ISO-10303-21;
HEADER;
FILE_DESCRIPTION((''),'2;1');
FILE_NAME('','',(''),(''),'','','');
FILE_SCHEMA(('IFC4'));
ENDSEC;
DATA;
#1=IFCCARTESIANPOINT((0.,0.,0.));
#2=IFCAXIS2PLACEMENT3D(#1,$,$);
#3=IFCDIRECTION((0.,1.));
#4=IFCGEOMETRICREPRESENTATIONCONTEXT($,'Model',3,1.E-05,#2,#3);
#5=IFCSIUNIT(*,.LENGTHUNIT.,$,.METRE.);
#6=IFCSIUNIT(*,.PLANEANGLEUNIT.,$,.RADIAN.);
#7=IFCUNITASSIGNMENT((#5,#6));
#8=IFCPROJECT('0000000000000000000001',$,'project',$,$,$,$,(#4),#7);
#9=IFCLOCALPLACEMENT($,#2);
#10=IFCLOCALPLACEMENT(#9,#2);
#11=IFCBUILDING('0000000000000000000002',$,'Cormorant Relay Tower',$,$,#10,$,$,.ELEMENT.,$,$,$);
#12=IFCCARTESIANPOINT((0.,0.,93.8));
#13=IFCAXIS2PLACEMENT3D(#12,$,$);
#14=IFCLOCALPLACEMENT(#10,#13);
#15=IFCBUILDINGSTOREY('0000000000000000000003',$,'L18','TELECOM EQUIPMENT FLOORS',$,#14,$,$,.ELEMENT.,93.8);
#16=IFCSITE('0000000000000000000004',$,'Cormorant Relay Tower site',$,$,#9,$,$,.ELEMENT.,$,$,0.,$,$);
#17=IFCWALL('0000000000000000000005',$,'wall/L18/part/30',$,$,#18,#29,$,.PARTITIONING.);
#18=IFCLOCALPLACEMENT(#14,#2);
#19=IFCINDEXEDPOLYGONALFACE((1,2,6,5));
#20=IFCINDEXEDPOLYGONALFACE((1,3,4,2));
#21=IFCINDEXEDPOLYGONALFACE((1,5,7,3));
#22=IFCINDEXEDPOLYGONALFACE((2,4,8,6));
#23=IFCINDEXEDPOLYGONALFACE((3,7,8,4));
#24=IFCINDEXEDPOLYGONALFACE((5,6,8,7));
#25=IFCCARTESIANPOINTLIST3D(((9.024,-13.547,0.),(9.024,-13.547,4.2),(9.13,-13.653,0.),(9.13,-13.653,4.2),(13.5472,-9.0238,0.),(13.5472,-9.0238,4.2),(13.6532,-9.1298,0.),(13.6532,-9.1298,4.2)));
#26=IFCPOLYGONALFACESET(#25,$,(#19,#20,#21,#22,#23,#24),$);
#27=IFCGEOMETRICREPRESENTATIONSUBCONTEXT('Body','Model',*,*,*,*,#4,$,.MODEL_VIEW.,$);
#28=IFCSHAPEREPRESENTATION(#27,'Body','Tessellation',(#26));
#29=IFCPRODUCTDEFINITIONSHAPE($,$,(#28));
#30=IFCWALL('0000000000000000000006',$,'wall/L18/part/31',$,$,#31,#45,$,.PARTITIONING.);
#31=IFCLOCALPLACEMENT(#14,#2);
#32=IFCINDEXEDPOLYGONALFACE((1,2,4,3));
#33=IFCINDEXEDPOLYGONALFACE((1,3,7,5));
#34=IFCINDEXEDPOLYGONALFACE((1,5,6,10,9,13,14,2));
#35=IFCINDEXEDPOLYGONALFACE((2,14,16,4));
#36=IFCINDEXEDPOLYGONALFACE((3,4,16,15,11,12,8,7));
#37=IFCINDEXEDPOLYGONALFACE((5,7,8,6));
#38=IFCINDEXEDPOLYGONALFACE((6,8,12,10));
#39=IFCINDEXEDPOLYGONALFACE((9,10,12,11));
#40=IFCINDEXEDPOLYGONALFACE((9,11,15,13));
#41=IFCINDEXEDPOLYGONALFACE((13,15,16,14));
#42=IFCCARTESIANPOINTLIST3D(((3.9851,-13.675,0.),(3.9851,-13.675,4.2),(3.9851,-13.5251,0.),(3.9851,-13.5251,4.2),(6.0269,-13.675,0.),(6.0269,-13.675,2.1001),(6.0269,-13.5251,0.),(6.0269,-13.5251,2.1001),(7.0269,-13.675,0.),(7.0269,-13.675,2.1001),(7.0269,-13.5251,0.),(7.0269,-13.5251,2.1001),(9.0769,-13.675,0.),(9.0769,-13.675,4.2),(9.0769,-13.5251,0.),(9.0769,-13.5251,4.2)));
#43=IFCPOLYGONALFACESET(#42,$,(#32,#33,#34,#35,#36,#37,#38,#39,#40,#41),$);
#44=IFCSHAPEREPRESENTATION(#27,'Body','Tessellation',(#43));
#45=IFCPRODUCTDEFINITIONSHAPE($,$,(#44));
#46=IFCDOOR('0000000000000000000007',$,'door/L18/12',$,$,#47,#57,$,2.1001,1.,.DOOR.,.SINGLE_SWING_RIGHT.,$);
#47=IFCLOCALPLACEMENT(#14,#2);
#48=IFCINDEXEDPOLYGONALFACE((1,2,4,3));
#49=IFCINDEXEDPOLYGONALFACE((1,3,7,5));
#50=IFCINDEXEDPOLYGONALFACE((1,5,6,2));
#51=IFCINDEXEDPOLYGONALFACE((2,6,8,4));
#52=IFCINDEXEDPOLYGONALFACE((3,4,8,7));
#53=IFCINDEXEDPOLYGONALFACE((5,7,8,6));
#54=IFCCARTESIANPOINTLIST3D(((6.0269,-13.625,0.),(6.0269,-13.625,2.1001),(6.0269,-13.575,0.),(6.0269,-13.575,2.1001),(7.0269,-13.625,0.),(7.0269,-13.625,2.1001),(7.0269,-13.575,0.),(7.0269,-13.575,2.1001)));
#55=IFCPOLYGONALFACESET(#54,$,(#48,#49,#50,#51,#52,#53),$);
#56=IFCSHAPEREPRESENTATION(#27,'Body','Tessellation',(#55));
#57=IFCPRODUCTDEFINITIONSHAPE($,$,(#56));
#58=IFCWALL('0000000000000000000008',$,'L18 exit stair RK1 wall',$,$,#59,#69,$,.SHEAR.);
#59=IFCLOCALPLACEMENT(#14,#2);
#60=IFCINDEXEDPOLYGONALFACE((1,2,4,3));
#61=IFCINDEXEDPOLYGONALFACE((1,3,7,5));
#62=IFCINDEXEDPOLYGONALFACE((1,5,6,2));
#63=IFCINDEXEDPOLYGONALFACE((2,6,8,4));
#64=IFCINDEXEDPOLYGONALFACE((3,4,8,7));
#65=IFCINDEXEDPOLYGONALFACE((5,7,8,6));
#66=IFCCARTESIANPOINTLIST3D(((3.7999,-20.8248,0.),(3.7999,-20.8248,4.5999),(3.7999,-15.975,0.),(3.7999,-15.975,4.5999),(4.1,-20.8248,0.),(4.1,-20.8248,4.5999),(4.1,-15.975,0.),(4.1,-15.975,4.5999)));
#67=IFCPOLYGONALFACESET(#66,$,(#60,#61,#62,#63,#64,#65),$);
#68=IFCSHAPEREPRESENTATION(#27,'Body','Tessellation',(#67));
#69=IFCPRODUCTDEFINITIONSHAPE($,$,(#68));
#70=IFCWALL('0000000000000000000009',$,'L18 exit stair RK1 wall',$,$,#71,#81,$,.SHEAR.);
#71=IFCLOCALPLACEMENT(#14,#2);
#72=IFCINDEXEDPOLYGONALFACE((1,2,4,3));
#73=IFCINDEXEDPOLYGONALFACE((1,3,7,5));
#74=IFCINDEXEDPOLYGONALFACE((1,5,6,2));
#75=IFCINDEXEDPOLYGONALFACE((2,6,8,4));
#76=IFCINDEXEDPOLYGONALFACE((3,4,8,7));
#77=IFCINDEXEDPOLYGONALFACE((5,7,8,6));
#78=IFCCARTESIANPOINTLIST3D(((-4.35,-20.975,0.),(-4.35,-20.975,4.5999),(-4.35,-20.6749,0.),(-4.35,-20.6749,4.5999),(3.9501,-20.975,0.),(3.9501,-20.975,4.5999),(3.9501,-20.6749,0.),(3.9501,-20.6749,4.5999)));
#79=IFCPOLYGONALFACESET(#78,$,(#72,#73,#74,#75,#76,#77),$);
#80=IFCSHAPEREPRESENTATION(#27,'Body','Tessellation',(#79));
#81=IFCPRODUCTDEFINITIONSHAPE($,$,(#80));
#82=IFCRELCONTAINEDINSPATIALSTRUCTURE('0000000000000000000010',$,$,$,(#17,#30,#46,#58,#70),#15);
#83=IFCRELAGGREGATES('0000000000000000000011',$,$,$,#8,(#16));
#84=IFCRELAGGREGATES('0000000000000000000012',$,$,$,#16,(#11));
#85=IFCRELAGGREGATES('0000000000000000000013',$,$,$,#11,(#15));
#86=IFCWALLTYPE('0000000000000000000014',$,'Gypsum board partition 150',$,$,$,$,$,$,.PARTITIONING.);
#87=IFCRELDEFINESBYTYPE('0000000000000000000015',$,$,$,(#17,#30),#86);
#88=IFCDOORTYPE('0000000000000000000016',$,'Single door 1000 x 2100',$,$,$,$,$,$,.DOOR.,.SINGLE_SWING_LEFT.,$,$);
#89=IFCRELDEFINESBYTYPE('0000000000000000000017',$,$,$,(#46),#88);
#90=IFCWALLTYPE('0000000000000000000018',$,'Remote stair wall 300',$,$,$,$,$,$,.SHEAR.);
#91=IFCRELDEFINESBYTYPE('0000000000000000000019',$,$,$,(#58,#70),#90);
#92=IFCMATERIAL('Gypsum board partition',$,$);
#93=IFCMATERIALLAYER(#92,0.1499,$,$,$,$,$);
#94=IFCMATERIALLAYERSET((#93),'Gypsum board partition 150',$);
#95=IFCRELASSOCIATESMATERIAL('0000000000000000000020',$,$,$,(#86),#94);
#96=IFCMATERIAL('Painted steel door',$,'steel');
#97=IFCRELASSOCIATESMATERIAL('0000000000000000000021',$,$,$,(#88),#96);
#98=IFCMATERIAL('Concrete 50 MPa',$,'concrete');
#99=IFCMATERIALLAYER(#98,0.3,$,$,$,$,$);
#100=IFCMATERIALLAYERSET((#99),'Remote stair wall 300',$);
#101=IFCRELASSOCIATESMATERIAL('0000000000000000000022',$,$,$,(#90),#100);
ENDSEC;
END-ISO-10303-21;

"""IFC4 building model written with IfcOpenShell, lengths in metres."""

from ifc_helpers import new_model, si_unit, direction, frame, frame_2d, origin, place, context, subcontext, project, spatial, rectangle, extrude, material, layer, layer_set, type_object, element, fill, save


model = new_model("IFC4")

# Units and contexts
model_context = context("Model", 3, precision=1e-05, world=origin(), true_north=direction((0.0, 1.0)))
body_context = subcontext(model_context, "Body", "Model", "MODEL_VIEW")
ifc_project = project(units=[si_unit("LENGTHUNIT", "METRE"), si_unit("PLANEANGLEUNIT", "RADIAN")], contexts=[model_context])

# Site, building, storey
site_placement = place(None, origin())
site = spatial("IfcSite", under=ifc_project, at=site_placement, Name="Cormorant Relay Tower site", CompositionType="ELEMENT", RefElevation=0.0)
building_placement = place(site_placement, origin())
building = spatial("IfcBuilding", under=site, at=building_placement, Name="Cormorant Relay Tower", CompositionType="ELEMENT")
storey_placement = place(building_placement, frame((0.0, 0.0, 93.8)))
storey = spatial("IfcBuildingStorey", under=building, at=storey_placement, Name="L18", Description="TELECOM EQUIPMENT FLOORS", CompositionType="ELEMENT", Elevation=93.8)

# Wall
ifc_material_1 = material(Name="Gypsum board partition")
ifc_layer_1 = layer(ifc_material_1, 0.1499)
ifc_layer_set_1 = layer_set([ifc_layer_1], Name="Gypsum board partition 150")
wall_type_1 = type_object("IfcWallType", Name="Gypsum board partition 150", PredefinedType="PARTITIONING", material=ifc_layer_set_1)
wall_1_placement = place(storey_placement, frame((13.6001, -9.0769, 0.0), z_axis=(0.0, 0.0, 1.0), x_axis=(-0.707107, -0.707107, 0.0)))
element("IfcWall", 1, at=wall_1_placement, inside=storey, type_object=wall_type_1, Name="wall/L18/part/30", PredefinedType="PARTITIONING", context=body_context, shape_type="SweptSolid", body=[
    extrude(rectangle(XDim=6.3967, YDim=0.1499, at=frame_2d((3.1982, 0.0))), origin(), (0.0, 0.0, 1.0), 4.2),
])

# Wall, opening, door
wall_2_placement = place(storey_placement, frame((9.0769, -13.6001, 0.0), z_axis=(0.0, 0.0, 1.0), x_axis=(-1.0, 0.0, 0.0)))
wall_2 = element("IfcWall", 2, at=wall_2_placement, inside=storey, type_object=wall_type_1, Name="wall/L18/part/31", PredefinedType="PARTITIONING", context=body_context, shape_type="SweptSolid", body=[
    extrude(rectangle(XDim=5.0918, YDim=0.1499, at=frame_2d((2.5459, 0.0))), origin(), (0.0, 0.0, 1.0), 4.2),
])
opening_placement = place(wall_2_placement, frame((2.05, 0.0, 0.0)))
opening = element("IfcOpeningElement", 3, at=opening_placement, cuts=wall_2, PredefinedType="OPENING", context=body_context, shape_type="SweptSolid", body=[
    extrude(rectangle(XDim=1.0, YDim=2.1001, at=frame_2d((0.5, 1.05))), frame((0.0, 0.085, 0.0), z_axis=(0.0, -1.0, 0.0), x_axis=(1.0, 0.0, 0.0)), (0.0, 0.0, 1.0), 0.1699),
])
ifc_material_2 = material(Name="Painted steel door", Category="steel")
door_type = type_object("IfcDoorType", Name="Single door 1000 x 2100", OperationType="SINGLE_SWING_LEFT", PredefinedType="DOOR", material=ifc_material_2)
door_placement = place(opening_placement, origin())
door = element("IfcDoor", 4, at=door_placement, inside=storey, type_object=door_type, Name="door/L18/12", OperationType="SINGLE_SWING_RIGHT", OverallHeight=2.1001, OverallWidth=1.0, PredefinedType="DOOR", context=body_context, shape_type="SweptSolid", body=[
    extrude(rectangle(XDim=1.0, YDim=2.1001, at=frame_2d((0.5, 1.05))), frame((0.0, 0.0249, 0.0), z_axis=(0.0, -1.0, 0.0), x_axis=(1.0, 0.0, 0.0)), (0.0, 0.0, 1.0), 0.05),
])
fill(opening, door)

# Walls
ifc_material_3 = material(Name="Concrete 50 MPa", Category="concrete")
ifc_layer_2 = layer(ifc_material_3, 0.3)
ifc_layer_set_2 = layer_set([ifc_layer_2], Name="Remote stair wall 300")
wall_type_2 = type_object("IfcWallType", Name="Remote stair wall 300", PredefinedType="SHEAR", material=ifc_layer_set_2)
wall_3_placement = place(storey_placement, frame((3.95, -15.9751, 0.0), z_axis=(0.0, 0.0, 1.0), x_axis=(0.0, -1.0, 0.0)))
element("IfcWall", 5, at=wall_3_placement, inside=storey, type_object=wall_type_2, Name="L18 exit stair RK1 wall", PredefinedType="SHEAR", context=body_context, shape_type="SweptSolid", body=[
    extrude(rectangle(XDim=4.8499, YDim=0.3, at=frame_2d((2.4248, 0.0))), origin(), (0.0, 0.0, 1.0), 4.5999),
])
wall_4_placement = place(storey_placement, frame((3.95, -20.825, 0.0), z_axis=(0.0, 0.0, 1.0), x_axis=(-1.0, 0.0, 0.0)))
element("IfcWall", 6, at=wall_4_placement, inside=storey, type_object=wall_type_2, Name="L18 exit stair RK1 wall", PredefinedType="SHEAR", context=body_context, shape_type="SweptSolid", body=[
    extrude(rectangle(XDim=8.3, YDim=0.3, at=frame_2d((4.1499, 0.0))), origin(), (0.0, 0.0, 1.0), 4.5999),
])

save(model, "model.ifc")
